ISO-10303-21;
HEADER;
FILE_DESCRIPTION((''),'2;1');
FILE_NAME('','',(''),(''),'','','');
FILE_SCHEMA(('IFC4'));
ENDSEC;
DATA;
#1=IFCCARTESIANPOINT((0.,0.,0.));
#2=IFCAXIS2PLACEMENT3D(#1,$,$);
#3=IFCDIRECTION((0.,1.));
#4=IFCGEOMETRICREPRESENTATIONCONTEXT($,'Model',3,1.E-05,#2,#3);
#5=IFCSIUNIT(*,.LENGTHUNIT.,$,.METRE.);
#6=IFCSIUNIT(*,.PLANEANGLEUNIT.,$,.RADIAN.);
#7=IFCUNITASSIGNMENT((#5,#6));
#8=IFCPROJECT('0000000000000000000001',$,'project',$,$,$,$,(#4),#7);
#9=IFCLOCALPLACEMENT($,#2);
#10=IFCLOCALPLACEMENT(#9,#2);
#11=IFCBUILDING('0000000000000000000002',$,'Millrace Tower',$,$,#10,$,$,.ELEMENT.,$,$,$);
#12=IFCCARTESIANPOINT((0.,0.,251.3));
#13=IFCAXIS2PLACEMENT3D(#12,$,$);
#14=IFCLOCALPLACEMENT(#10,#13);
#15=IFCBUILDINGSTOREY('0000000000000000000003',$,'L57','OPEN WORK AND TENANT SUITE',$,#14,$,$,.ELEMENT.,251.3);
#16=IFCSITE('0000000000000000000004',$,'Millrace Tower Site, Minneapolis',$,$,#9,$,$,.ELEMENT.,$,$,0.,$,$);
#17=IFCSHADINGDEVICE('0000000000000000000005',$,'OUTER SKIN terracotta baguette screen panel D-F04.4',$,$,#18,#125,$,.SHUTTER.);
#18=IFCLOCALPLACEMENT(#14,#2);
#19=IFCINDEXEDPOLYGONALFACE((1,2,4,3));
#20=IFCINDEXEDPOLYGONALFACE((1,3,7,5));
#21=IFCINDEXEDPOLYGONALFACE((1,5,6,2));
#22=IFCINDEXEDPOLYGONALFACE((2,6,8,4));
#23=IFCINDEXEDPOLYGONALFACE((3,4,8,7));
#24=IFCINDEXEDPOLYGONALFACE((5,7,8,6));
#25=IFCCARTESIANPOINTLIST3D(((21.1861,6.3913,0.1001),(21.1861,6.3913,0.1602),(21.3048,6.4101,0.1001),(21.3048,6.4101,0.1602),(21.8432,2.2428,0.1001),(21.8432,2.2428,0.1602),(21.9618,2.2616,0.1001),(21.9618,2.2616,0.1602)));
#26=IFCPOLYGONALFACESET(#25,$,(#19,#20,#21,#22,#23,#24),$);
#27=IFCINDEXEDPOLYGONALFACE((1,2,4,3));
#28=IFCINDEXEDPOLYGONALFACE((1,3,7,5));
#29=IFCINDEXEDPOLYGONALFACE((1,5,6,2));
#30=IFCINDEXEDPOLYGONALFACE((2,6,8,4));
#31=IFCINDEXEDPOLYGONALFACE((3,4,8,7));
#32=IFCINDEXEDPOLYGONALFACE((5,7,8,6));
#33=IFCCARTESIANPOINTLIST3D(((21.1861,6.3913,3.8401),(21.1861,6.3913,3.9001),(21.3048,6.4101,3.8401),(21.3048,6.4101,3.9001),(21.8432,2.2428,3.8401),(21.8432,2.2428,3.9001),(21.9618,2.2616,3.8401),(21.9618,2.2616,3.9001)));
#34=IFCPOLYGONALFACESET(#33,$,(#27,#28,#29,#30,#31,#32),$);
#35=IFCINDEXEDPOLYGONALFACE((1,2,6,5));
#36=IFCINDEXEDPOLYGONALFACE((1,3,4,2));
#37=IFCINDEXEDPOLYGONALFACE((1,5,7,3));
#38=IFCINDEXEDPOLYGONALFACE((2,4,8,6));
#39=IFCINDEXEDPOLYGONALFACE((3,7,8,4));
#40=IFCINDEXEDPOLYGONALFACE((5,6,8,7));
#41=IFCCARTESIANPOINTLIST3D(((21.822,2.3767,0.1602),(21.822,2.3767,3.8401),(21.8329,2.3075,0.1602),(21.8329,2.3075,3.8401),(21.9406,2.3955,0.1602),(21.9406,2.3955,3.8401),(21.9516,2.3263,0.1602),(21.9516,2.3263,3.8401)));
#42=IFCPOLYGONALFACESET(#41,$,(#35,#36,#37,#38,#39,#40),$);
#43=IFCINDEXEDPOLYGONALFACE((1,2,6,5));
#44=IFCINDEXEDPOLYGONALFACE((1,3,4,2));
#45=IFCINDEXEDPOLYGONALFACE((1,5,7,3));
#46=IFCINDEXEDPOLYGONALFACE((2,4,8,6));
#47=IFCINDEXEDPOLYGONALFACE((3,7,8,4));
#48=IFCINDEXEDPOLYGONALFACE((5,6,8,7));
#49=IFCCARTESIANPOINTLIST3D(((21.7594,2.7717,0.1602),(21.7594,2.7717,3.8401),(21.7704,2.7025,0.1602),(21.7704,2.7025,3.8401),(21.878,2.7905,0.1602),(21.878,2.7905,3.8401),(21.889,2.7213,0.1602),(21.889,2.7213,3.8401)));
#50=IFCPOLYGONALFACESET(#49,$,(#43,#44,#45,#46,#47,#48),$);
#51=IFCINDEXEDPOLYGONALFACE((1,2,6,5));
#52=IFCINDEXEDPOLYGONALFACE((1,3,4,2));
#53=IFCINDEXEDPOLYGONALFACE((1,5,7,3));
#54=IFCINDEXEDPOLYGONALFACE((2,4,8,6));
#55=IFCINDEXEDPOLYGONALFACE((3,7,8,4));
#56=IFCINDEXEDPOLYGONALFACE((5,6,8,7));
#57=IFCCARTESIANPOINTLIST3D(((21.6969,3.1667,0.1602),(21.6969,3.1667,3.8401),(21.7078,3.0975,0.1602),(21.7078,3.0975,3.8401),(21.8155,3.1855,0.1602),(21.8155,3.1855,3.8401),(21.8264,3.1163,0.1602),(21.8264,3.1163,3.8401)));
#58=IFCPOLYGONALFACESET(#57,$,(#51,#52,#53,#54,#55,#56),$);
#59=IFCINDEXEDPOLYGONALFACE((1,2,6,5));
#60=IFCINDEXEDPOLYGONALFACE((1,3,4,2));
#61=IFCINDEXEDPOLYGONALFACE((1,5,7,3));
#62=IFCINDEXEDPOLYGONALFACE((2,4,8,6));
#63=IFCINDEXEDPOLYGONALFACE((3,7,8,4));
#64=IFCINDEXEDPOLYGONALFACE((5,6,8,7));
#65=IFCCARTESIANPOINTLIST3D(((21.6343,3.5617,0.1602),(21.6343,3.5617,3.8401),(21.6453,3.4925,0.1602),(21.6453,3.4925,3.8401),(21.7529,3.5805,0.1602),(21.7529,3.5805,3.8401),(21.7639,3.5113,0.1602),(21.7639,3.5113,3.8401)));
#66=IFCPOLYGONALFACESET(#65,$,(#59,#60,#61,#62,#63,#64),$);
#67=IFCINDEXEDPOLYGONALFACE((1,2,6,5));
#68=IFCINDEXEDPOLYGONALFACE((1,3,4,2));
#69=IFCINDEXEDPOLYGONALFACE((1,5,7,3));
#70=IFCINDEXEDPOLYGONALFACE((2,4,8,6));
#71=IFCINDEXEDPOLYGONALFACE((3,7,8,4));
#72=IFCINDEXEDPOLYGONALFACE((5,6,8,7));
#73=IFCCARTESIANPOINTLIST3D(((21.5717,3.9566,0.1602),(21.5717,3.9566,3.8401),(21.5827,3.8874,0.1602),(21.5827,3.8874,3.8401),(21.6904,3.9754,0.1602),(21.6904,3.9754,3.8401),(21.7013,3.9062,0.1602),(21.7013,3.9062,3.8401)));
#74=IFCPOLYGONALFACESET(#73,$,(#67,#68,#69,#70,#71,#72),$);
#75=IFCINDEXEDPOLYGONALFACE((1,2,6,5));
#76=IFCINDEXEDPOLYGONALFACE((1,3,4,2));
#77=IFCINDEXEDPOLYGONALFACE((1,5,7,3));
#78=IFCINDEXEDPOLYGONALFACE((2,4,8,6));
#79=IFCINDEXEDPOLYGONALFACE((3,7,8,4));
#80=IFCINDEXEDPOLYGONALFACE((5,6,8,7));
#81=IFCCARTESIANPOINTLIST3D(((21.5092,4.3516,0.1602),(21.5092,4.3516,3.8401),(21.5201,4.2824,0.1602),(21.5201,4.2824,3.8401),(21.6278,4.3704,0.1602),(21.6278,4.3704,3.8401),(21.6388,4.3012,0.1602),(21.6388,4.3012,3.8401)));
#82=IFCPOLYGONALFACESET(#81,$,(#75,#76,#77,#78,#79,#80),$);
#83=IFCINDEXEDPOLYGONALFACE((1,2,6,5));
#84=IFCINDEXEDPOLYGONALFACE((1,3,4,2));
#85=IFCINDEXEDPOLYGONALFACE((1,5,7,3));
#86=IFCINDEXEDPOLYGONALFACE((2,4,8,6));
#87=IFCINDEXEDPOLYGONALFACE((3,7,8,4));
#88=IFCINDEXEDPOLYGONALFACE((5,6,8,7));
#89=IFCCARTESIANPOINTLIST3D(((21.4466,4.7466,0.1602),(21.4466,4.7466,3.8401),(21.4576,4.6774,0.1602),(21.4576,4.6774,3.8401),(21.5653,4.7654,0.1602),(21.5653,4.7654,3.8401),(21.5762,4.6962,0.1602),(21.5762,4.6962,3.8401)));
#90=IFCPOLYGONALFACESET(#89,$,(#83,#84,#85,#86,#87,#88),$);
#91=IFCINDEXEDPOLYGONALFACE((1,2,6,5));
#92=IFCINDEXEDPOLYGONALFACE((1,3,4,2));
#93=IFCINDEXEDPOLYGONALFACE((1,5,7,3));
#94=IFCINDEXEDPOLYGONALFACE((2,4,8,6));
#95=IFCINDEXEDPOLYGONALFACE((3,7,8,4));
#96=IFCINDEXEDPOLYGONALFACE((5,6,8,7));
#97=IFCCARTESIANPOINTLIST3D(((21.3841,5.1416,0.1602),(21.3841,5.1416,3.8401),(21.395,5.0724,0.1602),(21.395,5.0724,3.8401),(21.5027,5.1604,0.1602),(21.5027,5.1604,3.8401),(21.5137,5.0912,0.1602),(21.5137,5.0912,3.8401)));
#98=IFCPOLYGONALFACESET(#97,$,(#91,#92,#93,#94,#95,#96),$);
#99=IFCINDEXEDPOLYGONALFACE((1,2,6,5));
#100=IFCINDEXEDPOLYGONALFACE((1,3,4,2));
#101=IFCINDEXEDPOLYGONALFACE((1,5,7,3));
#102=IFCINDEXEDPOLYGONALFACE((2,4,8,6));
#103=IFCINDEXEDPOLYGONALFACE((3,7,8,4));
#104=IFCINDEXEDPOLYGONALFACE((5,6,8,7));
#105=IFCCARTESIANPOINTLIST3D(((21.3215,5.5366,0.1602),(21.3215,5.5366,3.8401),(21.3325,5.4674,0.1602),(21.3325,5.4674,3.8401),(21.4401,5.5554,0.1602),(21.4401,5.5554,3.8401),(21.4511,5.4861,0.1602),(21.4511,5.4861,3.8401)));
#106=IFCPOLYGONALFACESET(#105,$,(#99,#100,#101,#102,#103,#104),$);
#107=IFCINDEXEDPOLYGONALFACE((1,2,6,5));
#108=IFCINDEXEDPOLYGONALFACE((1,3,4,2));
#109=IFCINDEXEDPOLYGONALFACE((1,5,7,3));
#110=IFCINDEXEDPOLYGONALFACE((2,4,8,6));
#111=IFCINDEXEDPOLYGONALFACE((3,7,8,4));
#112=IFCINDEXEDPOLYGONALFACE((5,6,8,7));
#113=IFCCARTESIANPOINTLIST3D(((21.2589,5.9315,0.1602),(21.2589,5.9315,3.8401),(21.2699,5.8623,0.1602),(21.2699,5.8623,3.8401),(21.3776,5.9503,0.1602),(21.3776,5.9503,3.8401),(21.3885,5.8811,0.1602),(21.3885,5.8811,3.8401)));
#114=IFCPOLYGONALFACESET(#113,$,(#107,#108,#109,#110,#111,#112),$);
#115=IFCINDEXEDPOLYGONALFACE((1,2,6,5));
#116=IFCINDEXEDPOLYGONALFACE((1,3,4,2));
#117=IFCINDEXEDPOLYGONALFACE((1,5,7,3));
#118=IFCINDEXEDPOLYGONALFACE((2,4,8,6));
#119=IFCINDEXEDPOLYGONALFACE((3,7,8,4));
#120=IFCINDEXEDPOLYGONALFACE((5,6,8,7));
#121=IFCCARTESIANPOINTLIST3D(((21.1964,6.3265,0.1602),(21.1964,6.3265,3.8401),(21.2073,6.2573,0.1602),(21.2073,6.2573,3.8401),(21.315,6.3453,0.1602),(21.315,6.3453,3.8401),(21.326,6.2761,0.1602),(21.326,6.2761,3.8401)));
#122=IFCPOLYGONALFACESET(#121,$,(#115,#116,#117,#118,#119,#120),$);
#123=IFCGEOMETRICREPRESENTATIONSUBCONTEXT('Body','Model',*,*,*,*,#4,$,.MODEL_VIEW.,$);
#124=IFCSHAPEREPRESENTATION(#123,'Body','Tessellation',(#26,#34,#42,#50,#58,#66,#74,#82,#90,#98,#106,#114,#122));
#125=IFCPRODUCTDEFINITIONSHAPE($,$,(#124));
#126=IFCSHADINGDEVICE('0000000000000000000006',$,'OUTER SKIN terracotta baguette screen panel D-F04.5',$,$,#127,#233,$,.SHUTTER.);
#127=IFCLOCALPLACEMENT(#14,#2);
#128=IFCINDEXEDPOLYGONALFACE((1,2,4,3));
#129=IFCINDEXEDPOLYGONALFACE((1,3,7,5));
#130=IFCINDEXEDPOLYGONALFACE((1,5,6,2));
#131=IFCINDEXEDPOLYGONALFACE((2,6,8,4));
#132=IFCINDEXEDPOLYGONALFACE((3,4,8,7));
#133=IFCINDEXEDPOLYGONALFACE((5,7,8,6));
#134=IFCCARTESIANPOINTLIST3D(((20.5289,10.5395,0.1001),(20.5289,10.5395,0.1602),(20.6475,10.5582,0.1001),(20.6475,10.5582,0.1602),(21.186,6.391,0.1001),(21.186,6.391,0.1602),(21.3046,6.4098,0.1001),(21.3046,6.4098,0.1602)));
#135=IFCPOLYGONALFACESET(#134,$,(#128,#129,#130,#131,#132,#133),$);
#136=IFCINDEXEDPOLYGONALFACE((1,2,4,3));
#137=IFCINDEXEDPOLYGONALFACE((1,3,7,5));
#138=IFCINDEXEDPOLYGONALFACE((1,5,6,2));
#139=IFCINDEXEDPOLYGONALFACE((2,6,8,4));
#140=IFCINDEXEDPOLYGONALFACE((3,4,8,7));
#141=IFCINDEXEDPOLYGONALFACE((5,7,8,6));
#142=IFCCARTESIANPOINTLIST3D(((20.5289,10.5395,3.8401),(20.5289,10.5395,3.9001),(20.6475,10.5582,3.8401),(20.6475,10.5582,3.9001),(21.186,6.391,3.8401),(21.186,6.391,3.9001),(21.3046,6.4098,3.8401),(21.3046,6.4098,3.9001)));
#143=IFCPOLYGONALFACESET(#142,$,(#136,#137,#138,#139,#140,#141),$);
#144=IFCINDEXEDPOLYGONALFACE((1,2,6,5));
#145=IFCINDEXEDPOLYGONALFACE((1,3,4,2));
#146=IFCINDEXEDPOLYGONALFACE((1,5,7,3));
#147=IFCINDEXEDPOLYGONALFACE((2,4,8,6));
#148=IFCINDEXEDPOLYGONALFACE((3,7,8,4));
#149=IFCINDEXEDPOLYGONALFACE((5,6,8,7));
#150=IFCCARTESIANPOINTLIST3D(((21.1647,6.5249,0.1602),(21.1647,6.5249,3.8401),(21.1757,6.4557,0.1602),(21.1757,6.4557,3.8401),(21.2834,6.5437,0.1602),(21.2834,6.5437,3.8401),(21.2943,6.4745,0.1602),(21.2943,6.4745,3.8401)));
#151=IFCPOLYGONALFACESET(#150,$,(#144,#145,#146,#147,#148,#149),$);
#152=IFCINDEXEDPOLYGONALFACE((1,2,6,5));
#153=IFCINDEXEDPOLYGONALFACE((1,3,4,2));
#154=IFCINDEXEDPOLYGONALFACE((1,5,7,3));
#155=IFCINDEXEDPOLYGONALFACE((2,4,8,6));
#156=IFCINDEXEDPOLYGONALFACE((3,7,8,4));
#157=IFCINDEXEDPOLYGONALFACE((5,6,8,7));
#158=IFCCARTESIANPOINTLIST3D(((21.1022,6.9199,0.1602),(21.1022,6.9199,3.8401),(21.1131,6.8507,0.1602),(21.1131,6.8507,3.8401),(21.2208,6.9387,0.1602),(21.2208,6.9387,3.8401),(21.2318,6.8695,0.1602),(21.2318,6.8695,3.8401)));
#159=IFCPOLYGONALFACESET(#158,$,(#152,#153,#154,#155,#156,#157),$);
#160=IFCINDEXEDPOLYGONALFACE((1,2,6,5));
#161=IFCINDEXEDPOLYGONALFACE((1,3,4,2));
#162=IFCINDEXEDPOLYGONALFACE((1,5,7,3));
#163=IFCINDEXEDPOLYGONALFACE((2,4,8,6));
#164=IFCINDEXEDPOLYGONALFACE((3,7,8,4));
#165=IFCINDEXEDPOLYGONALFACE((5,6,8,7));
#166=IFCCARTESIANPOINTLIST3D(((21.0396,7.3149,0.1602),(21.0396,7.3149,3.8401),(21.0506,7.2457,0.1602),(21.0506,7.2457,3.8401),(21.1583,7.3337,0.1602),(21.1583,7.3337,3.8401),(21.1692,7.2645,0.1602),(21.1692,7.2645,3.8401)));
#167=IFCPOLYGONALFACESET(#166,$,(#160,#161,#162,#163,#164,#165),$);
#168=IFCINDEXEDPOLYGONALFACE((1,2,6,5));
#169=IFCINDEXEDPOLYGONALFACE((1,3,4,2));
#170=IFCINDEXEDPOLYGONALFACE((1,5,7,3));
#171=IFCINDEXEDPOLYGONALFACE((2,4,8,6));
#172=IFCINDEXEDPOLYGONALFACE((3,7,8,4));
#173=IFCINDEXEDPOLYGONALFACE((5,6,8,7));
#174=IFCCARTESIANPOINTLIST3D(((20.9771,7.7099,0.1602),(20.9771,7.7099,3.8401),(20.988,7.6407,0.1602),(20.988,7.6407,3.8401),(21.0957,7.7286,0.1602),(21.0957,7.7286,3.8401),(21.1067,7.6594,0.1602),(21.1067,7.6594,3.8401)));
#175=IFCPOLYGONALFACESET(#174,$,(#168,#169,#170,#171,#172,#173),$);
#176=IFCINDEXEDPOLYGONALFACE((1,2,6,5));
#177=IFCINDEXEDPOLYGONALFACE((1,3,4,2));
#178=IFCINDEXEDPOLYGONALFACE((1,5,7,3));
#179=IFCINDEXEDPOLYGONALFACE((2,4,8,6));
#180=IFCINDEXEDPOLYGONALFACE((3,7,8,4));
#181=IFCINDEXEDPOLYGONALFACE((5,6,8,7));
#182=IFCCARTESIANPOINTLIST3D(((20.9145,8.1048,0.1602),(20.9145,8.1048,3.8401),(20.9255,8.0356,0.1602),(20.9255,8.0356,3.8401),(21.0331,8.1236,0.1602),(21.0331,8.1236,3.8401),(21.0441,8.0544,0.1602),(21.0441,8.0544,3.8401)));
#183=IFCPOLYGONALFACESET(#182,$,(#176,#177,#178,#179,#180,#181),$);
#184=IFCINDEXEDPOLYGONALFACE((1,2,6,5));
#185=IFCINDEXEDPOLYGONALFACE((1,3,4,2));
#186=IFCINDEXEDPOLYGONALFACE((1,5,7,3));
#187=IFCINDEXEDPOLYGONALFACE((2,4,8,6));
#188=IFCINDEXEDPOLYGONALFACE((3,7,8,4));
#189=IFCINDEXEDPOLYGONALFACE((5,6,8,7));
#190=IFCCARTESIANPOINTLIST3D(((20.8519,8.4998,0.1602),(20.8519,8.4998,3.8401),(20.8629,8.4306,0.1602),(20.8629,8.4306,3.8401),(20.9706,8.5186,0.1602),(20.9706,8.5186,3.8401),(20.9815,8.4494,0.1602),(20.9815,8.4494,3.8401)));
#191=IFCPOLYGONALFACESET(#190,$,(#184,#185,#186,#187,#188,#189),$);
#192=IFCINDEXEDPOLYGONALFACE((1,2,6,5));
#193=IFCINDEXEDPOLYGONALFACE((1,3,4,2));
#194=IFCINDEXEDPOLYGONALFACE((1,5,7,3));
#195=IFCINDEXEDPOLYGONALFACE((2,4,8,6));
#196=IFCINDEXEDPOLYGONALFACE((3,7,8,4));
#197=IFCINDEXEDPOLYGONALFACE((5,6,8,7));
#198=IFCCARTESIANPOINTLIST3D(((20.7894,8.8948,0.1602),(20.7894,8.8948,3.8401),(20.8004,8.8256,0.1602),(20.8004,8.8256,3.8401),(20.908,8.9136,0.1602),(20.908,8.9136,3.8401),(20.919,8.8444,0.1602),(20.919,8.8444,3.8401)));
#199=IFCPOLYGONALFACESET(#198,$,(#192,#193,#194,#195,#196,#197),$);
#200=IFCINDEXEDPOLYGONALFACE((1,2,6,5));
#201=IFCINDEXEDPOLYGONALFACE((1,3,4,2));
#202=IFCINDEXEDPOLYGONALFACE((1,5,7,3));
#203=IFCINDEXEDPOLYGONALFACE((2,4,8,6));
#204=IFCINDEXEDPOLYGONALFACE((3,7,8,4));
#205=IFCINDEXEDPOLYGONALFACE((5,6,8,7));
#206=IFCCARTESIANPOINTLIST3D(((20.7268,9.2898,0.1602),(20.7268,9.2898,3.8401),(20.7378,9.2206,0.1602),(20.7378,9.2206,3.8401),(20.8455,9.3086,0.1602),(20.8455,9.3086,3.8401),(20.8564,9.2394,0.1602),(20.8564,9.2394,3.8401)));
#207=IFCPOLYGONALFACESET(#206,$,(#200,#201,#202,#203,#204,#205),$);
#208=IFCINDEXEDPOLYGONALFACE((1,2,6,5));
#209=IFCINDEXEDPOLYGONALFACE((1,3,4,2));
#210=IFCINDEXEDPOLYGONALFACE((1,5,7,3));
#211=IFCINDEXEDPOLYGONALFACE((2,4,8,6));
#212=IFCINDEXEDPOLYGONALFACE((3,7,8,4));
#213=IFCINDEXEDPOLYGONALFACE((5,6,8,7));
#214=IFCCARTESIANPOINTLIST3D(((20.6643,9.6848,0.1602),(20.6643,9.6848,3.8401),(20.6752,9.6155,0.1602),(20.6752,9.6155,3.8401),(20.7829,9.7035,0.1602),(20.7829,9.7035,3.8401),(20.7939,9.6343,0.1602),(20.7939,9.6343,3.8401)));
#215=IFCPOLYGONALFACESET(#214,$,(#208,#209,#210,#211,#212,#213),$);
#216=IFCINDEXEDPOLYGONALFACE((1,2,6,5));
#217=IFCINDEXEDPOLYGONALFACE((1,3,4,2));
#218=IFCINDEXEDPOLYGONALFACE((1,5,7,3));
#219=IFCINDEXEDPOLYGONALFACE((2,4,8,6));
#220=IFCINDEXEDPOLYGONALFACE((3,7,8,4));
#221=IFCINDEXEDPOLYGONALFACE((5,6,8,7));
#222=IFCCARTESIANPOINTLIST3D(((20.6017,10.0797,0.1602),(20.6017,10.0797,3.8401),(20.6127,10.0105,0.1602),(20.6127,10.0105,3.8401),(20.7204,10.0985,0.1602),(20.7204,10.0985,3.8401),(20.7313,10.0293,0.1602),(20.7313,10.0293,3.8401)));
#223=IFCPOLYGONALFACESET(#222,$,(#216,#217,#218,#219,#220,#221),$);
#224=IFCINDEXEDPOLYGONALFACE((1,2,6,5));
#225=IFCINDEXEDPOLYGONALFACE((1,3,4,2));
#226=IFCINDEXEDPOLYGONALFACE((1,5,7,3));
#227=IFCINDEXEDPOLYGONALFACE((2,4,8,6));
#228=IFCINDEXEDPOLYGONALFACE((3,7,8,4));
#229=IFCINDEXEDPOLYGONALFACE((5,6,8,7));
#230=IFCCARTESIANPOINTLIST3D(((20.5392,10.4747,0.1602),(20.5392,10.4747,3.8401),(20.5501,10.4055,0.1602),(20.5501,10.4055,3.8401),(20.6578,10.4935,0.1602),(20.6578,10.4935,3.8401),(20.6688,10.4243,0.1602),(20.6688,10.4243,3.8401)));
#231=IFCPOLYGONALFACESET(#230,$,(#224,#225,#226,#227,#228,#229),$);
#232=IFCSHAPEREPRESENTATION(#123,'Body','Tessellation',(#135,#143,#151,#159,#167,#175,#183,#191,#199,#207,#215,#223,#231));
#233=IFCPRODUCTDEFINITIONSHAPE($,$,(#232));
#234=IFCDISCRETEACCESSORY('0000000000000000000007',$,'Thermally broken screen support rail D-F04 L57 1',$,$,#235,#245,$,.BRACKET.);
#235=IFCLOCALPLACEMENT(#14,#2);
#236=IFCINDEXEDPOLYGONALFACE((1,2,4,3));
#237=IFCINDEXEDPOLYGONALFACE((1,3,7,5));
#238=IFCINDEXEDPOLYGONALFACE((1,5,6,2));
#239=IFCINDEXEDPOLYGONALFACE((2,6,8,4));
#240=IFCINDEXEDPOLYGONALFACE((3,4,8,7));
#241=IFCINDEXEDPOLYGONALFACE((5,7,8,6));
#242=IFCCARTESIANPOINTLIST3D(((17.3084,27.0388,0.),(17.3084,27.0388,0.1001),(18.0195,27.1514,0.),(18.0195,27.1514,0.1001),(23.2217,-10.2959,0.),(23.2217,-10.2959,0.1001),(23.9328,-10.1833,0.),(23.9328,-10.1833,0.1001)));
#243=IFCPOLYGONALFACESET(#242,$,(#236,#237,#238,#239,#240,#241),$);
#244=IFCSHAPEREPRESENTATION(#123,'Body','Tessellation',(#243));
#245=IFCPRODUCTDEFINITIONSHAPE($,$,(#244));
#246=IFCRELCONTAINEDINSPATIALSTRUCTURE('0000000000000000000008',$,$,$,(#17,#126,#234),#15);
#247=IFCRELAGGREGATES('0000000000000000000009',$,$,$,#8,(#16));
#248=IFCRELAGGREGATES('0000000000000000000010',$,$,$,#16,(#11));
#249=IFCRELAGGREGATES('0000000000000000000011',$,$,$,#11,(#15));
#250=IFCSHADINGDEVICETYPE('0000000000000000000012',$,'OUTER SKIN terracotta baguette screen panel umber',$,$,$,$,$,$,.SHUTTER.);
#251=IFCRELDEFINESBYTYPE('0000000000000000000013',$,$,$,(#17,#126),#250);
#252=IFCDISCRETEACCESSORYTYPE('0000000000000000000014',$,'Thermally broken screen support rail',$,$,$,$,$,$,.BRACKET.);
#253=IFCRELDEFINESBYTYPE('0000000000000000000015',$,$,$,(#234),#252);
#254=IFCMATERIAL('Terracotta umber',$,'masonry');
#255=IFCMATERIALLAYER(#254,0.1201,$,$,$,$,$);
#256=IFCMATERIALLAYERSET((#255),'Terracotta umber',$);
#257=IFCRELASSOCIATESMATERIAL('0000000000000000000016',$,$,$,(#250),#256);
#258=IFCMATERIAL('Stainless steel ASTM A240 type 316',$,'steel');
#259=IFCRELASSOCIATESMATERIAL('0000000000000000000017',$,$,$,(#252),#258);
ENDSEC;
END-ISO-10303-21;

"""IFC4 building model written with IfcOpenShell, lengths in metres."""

from ifc_helpers import new_model, entity, si_unit, direction, frame, frame_2d, origin, origin_2d, place, context, subcontext, project, spatial, rectangle, extrude, source, transform, mapped, material, layer, layer_set, type_object, element, save


model = new_model("IFC4")

# Units and contexts
model_context = context("Model", 3, precision=1e-05, world=origin(), true_north=direction((0.0, 1.0)))
body_context = subcontext(model_context, "Body", "Model", "MODEL_VIEW")
ifc_project = project(units=[si_unit("LENGTHUNIT", "METRE"), si_unit("PLANEANGLEUNIT", "RADIAN")], contexts=[model_context])

# Site, building, storey
site_placement = place(None, origin())
site = spatial("IfcSite", under=ifc_project, at=site_placement, Name="Millrace Tower Site, Minneapolis", CompositionType="ELEMENT", RefElevation=0.0)
building_placement = place(site_placement, origin())
building = spatial("IfcBuilding", under=site, at=building_placement, Name="Millrace Tower", CompositionType="ELEMENT")
storey_placement = place(building_placement, frame((0.0, 0.0, 251.3)))
storey = spatial("IfcBuildingStorey", under=building, at=storey_placement, Name="L57", Description="OPEN WORK AND TENANT SUITE", CompositionType="ELEMENT", Elevation=251.3)

# Shading devices
ifc_material_1 = material(Name="Terracotta umber", Category="masonry")
ifc_layer_1 = layer(ifc_material_1, 0.1201)
ifc_layer_set_1 = layer_set([ifc_layer_1], Name="Terracotta umber")
shading_device_type = type_object("IfcShadingDeviceType", Name="OUTER SKIN terracotta baguette screen panel umber", PredefinedType="SHUTTER", material=ifc_layer_set_1)
cartesian_point = entity("IfcCartesianPoint", [-2.1001, 0.0601])
shared_polyline = entity("IfcPolyline", [cartesian_point, entity("IfcCartesianPoint", [2.1001, 0.0601]), entity("IfcCartesianPoint", [2.1001, -0.0601]), entity("IfcCartesianPoint", [-2.1001, -0.0601]), cartesian_point])
shared_shape = source(origin(), body_context, "Body", "SweptSolid", [
    entity("IfcExtrudedAreaSolid", entity("IfcArbitraryClosedProfileDef", "AREA", None, shared_polyline), entity("IfcAxis2Placement3D", entity("IfcCartesianPoint", [0.0, 0.0, 0.0])), entity("IfcDirection", [0.0, 0.0, 1.0]), 0.0601),
    entity("IfcExtrudedAreaSolid", entity("IfcArbitraryClosedProfileDef", "AREA", None, shared_polyline), entity("IfcAxis2Placement3D", entity("IfcCartesianPoint", [0.0, 0.0, 3.74])), entity("IfcDirection", [0.0, 0.0, 1.0]), 0.0601),
    extrude(rectangle(XDim=0.0701, YDim=0.1201, at=frame_2d((-1.9995, 0.0))), frame((0.0, 0.0, 0.0601)), (0.0, 0.0, 1.0), 3.6799),
    extrude(rectangle(XDim=0.0701, YDim=0.1201, at=frame_2d((-1.5996, 0.0))), frame((0.0, 0.0, 0.0601)), (0.0, 0.0, 1.0), 3.6799),
    extrude(rectangle(XDim=0.0701, YDim=0.1201, at=frame_2d((-1.1997, 0.0))), frame((0.0, 0.0, 0.0601)), (0.0, 0.0, 1.0), 3.6799),
    extrude(rectangle(XDim=0.0701, YDim=0.1201, at=frame_2d((-0.7998, 0.0))), frame((0.0, 0.0, 0.0601)), (0.0, 0.0, 1.0), 3.6799),
    extrude(rectangle(XDim=0.0701, YDim=0.1201, at=frame_2d((-0.3999, 0.0))), frame((0.0, 0.0, 0.0601)), (0.0, 0.0, 1.0), 3.6799),
    extrude(rectangle(XDim=0.0701, YDim=0.1201, at=origin_2d()), frame((0.0, 0.0, 0.0601)), (0.0, 0.0, 1.0), 3.6799),
    extrude(rectangle(XDim=0.0701, YDim=0.1201, at=frame_2d((0.3999, 0.0))), frame((0.0, 0.0, 0.0601)), (0.0, 0.0, 1.0), 3.6799),
    extrude(rectangle(XDim=0.0701, YDim=0.1201, at=frame_2d((0.7998, 0.0))), frame((0.0, 0.0, 0.0601)), (0.0, 0.0, 1.0), 3.6799),
    extrude(rectangle(XDim=0.0701, YDim=0.1201, at=frame_2d((1.1997, 0.0))), frame((0.0, 0.0, 0.0601)), (0.0, 0.0, 1.0), 3.6799),
    extrude(rectangle(XDim=0.0701, YDim=0.1201, at=frame_2d((1.5996, 0.0))), frame((0.0, 0.0, 0.0601)), (0.0, 0.0, 1.0), 3.6799),
    extrude(rectangle(XDim=0.0701, YDim=0.1201, at=frame_2d((1.9995, 0.0))), frame((0.0, 0.0, 0.0601)), (0.0, 0.0, 1.0), 3.6799),
])
for number, where, z_axis, x_axis, name in (
    (1, (21.574, 4.3264, 0.1001), (0.0, 0.0, 1.0), (-0.156434, 0.987688, 0.0), "OUTER SKIN terracotta baguette screen panel D-F04.4"),
    (2, (20.9167, 8.4746, 0.1001), (0.0, 0.0, 1.0), (-0.156434, 0.987688, 0.0), "OUTER SKIN terracotta baguette screen panel D-F04.5"),
):
    element("IfcShadingDevice", number, at=place(storey_placement, frame(where, z_axis=z_axis, x_axis=x_axis)), inside=storey, type_object=shading_device_type, Name=name, PredefinedType="SHUTTER", context=body_context, shape_type="MappedRepresentation", body=[
        mapped(shared_shape, transform((0.0, 0.0, 0.0), scale=1.0)),
    ])

# Discrete accessory
ifc_material_2 = material(Name="Stainless steel ASTM A240 type 316", Category="steel")
discrete_accessory_type = type_object("IfcDiscreteAccessoryType", Name="Thermally broken screen support rail", PredefinedType="BRACKET", material=ifc_material_2)
discrete_accessory_placement = place(storey_placement, frame((20.6206, 8.4277, 0.0), z_axis=(0.0, 0.0, 1.0), x_axis=(-0.156434, 0.987688, 0.0)))
element("IfcDiscreteAccessory", 3, at=discrete_accessory_placement, inside=storey, type_object=discrete_accessory_type, Name="Thermally broken screen support rail D-F04 L57 1", PredefinedType="BRACKET", context=body_context, shape_type="SweptSolid", body=[
    extrude(rectangle(XDim=37.8, YDim=0.72, at=origin_2d()), origin(), (0.0, 0.0, 1.0), 0.1001),
])

save(model, "model.ifc")
